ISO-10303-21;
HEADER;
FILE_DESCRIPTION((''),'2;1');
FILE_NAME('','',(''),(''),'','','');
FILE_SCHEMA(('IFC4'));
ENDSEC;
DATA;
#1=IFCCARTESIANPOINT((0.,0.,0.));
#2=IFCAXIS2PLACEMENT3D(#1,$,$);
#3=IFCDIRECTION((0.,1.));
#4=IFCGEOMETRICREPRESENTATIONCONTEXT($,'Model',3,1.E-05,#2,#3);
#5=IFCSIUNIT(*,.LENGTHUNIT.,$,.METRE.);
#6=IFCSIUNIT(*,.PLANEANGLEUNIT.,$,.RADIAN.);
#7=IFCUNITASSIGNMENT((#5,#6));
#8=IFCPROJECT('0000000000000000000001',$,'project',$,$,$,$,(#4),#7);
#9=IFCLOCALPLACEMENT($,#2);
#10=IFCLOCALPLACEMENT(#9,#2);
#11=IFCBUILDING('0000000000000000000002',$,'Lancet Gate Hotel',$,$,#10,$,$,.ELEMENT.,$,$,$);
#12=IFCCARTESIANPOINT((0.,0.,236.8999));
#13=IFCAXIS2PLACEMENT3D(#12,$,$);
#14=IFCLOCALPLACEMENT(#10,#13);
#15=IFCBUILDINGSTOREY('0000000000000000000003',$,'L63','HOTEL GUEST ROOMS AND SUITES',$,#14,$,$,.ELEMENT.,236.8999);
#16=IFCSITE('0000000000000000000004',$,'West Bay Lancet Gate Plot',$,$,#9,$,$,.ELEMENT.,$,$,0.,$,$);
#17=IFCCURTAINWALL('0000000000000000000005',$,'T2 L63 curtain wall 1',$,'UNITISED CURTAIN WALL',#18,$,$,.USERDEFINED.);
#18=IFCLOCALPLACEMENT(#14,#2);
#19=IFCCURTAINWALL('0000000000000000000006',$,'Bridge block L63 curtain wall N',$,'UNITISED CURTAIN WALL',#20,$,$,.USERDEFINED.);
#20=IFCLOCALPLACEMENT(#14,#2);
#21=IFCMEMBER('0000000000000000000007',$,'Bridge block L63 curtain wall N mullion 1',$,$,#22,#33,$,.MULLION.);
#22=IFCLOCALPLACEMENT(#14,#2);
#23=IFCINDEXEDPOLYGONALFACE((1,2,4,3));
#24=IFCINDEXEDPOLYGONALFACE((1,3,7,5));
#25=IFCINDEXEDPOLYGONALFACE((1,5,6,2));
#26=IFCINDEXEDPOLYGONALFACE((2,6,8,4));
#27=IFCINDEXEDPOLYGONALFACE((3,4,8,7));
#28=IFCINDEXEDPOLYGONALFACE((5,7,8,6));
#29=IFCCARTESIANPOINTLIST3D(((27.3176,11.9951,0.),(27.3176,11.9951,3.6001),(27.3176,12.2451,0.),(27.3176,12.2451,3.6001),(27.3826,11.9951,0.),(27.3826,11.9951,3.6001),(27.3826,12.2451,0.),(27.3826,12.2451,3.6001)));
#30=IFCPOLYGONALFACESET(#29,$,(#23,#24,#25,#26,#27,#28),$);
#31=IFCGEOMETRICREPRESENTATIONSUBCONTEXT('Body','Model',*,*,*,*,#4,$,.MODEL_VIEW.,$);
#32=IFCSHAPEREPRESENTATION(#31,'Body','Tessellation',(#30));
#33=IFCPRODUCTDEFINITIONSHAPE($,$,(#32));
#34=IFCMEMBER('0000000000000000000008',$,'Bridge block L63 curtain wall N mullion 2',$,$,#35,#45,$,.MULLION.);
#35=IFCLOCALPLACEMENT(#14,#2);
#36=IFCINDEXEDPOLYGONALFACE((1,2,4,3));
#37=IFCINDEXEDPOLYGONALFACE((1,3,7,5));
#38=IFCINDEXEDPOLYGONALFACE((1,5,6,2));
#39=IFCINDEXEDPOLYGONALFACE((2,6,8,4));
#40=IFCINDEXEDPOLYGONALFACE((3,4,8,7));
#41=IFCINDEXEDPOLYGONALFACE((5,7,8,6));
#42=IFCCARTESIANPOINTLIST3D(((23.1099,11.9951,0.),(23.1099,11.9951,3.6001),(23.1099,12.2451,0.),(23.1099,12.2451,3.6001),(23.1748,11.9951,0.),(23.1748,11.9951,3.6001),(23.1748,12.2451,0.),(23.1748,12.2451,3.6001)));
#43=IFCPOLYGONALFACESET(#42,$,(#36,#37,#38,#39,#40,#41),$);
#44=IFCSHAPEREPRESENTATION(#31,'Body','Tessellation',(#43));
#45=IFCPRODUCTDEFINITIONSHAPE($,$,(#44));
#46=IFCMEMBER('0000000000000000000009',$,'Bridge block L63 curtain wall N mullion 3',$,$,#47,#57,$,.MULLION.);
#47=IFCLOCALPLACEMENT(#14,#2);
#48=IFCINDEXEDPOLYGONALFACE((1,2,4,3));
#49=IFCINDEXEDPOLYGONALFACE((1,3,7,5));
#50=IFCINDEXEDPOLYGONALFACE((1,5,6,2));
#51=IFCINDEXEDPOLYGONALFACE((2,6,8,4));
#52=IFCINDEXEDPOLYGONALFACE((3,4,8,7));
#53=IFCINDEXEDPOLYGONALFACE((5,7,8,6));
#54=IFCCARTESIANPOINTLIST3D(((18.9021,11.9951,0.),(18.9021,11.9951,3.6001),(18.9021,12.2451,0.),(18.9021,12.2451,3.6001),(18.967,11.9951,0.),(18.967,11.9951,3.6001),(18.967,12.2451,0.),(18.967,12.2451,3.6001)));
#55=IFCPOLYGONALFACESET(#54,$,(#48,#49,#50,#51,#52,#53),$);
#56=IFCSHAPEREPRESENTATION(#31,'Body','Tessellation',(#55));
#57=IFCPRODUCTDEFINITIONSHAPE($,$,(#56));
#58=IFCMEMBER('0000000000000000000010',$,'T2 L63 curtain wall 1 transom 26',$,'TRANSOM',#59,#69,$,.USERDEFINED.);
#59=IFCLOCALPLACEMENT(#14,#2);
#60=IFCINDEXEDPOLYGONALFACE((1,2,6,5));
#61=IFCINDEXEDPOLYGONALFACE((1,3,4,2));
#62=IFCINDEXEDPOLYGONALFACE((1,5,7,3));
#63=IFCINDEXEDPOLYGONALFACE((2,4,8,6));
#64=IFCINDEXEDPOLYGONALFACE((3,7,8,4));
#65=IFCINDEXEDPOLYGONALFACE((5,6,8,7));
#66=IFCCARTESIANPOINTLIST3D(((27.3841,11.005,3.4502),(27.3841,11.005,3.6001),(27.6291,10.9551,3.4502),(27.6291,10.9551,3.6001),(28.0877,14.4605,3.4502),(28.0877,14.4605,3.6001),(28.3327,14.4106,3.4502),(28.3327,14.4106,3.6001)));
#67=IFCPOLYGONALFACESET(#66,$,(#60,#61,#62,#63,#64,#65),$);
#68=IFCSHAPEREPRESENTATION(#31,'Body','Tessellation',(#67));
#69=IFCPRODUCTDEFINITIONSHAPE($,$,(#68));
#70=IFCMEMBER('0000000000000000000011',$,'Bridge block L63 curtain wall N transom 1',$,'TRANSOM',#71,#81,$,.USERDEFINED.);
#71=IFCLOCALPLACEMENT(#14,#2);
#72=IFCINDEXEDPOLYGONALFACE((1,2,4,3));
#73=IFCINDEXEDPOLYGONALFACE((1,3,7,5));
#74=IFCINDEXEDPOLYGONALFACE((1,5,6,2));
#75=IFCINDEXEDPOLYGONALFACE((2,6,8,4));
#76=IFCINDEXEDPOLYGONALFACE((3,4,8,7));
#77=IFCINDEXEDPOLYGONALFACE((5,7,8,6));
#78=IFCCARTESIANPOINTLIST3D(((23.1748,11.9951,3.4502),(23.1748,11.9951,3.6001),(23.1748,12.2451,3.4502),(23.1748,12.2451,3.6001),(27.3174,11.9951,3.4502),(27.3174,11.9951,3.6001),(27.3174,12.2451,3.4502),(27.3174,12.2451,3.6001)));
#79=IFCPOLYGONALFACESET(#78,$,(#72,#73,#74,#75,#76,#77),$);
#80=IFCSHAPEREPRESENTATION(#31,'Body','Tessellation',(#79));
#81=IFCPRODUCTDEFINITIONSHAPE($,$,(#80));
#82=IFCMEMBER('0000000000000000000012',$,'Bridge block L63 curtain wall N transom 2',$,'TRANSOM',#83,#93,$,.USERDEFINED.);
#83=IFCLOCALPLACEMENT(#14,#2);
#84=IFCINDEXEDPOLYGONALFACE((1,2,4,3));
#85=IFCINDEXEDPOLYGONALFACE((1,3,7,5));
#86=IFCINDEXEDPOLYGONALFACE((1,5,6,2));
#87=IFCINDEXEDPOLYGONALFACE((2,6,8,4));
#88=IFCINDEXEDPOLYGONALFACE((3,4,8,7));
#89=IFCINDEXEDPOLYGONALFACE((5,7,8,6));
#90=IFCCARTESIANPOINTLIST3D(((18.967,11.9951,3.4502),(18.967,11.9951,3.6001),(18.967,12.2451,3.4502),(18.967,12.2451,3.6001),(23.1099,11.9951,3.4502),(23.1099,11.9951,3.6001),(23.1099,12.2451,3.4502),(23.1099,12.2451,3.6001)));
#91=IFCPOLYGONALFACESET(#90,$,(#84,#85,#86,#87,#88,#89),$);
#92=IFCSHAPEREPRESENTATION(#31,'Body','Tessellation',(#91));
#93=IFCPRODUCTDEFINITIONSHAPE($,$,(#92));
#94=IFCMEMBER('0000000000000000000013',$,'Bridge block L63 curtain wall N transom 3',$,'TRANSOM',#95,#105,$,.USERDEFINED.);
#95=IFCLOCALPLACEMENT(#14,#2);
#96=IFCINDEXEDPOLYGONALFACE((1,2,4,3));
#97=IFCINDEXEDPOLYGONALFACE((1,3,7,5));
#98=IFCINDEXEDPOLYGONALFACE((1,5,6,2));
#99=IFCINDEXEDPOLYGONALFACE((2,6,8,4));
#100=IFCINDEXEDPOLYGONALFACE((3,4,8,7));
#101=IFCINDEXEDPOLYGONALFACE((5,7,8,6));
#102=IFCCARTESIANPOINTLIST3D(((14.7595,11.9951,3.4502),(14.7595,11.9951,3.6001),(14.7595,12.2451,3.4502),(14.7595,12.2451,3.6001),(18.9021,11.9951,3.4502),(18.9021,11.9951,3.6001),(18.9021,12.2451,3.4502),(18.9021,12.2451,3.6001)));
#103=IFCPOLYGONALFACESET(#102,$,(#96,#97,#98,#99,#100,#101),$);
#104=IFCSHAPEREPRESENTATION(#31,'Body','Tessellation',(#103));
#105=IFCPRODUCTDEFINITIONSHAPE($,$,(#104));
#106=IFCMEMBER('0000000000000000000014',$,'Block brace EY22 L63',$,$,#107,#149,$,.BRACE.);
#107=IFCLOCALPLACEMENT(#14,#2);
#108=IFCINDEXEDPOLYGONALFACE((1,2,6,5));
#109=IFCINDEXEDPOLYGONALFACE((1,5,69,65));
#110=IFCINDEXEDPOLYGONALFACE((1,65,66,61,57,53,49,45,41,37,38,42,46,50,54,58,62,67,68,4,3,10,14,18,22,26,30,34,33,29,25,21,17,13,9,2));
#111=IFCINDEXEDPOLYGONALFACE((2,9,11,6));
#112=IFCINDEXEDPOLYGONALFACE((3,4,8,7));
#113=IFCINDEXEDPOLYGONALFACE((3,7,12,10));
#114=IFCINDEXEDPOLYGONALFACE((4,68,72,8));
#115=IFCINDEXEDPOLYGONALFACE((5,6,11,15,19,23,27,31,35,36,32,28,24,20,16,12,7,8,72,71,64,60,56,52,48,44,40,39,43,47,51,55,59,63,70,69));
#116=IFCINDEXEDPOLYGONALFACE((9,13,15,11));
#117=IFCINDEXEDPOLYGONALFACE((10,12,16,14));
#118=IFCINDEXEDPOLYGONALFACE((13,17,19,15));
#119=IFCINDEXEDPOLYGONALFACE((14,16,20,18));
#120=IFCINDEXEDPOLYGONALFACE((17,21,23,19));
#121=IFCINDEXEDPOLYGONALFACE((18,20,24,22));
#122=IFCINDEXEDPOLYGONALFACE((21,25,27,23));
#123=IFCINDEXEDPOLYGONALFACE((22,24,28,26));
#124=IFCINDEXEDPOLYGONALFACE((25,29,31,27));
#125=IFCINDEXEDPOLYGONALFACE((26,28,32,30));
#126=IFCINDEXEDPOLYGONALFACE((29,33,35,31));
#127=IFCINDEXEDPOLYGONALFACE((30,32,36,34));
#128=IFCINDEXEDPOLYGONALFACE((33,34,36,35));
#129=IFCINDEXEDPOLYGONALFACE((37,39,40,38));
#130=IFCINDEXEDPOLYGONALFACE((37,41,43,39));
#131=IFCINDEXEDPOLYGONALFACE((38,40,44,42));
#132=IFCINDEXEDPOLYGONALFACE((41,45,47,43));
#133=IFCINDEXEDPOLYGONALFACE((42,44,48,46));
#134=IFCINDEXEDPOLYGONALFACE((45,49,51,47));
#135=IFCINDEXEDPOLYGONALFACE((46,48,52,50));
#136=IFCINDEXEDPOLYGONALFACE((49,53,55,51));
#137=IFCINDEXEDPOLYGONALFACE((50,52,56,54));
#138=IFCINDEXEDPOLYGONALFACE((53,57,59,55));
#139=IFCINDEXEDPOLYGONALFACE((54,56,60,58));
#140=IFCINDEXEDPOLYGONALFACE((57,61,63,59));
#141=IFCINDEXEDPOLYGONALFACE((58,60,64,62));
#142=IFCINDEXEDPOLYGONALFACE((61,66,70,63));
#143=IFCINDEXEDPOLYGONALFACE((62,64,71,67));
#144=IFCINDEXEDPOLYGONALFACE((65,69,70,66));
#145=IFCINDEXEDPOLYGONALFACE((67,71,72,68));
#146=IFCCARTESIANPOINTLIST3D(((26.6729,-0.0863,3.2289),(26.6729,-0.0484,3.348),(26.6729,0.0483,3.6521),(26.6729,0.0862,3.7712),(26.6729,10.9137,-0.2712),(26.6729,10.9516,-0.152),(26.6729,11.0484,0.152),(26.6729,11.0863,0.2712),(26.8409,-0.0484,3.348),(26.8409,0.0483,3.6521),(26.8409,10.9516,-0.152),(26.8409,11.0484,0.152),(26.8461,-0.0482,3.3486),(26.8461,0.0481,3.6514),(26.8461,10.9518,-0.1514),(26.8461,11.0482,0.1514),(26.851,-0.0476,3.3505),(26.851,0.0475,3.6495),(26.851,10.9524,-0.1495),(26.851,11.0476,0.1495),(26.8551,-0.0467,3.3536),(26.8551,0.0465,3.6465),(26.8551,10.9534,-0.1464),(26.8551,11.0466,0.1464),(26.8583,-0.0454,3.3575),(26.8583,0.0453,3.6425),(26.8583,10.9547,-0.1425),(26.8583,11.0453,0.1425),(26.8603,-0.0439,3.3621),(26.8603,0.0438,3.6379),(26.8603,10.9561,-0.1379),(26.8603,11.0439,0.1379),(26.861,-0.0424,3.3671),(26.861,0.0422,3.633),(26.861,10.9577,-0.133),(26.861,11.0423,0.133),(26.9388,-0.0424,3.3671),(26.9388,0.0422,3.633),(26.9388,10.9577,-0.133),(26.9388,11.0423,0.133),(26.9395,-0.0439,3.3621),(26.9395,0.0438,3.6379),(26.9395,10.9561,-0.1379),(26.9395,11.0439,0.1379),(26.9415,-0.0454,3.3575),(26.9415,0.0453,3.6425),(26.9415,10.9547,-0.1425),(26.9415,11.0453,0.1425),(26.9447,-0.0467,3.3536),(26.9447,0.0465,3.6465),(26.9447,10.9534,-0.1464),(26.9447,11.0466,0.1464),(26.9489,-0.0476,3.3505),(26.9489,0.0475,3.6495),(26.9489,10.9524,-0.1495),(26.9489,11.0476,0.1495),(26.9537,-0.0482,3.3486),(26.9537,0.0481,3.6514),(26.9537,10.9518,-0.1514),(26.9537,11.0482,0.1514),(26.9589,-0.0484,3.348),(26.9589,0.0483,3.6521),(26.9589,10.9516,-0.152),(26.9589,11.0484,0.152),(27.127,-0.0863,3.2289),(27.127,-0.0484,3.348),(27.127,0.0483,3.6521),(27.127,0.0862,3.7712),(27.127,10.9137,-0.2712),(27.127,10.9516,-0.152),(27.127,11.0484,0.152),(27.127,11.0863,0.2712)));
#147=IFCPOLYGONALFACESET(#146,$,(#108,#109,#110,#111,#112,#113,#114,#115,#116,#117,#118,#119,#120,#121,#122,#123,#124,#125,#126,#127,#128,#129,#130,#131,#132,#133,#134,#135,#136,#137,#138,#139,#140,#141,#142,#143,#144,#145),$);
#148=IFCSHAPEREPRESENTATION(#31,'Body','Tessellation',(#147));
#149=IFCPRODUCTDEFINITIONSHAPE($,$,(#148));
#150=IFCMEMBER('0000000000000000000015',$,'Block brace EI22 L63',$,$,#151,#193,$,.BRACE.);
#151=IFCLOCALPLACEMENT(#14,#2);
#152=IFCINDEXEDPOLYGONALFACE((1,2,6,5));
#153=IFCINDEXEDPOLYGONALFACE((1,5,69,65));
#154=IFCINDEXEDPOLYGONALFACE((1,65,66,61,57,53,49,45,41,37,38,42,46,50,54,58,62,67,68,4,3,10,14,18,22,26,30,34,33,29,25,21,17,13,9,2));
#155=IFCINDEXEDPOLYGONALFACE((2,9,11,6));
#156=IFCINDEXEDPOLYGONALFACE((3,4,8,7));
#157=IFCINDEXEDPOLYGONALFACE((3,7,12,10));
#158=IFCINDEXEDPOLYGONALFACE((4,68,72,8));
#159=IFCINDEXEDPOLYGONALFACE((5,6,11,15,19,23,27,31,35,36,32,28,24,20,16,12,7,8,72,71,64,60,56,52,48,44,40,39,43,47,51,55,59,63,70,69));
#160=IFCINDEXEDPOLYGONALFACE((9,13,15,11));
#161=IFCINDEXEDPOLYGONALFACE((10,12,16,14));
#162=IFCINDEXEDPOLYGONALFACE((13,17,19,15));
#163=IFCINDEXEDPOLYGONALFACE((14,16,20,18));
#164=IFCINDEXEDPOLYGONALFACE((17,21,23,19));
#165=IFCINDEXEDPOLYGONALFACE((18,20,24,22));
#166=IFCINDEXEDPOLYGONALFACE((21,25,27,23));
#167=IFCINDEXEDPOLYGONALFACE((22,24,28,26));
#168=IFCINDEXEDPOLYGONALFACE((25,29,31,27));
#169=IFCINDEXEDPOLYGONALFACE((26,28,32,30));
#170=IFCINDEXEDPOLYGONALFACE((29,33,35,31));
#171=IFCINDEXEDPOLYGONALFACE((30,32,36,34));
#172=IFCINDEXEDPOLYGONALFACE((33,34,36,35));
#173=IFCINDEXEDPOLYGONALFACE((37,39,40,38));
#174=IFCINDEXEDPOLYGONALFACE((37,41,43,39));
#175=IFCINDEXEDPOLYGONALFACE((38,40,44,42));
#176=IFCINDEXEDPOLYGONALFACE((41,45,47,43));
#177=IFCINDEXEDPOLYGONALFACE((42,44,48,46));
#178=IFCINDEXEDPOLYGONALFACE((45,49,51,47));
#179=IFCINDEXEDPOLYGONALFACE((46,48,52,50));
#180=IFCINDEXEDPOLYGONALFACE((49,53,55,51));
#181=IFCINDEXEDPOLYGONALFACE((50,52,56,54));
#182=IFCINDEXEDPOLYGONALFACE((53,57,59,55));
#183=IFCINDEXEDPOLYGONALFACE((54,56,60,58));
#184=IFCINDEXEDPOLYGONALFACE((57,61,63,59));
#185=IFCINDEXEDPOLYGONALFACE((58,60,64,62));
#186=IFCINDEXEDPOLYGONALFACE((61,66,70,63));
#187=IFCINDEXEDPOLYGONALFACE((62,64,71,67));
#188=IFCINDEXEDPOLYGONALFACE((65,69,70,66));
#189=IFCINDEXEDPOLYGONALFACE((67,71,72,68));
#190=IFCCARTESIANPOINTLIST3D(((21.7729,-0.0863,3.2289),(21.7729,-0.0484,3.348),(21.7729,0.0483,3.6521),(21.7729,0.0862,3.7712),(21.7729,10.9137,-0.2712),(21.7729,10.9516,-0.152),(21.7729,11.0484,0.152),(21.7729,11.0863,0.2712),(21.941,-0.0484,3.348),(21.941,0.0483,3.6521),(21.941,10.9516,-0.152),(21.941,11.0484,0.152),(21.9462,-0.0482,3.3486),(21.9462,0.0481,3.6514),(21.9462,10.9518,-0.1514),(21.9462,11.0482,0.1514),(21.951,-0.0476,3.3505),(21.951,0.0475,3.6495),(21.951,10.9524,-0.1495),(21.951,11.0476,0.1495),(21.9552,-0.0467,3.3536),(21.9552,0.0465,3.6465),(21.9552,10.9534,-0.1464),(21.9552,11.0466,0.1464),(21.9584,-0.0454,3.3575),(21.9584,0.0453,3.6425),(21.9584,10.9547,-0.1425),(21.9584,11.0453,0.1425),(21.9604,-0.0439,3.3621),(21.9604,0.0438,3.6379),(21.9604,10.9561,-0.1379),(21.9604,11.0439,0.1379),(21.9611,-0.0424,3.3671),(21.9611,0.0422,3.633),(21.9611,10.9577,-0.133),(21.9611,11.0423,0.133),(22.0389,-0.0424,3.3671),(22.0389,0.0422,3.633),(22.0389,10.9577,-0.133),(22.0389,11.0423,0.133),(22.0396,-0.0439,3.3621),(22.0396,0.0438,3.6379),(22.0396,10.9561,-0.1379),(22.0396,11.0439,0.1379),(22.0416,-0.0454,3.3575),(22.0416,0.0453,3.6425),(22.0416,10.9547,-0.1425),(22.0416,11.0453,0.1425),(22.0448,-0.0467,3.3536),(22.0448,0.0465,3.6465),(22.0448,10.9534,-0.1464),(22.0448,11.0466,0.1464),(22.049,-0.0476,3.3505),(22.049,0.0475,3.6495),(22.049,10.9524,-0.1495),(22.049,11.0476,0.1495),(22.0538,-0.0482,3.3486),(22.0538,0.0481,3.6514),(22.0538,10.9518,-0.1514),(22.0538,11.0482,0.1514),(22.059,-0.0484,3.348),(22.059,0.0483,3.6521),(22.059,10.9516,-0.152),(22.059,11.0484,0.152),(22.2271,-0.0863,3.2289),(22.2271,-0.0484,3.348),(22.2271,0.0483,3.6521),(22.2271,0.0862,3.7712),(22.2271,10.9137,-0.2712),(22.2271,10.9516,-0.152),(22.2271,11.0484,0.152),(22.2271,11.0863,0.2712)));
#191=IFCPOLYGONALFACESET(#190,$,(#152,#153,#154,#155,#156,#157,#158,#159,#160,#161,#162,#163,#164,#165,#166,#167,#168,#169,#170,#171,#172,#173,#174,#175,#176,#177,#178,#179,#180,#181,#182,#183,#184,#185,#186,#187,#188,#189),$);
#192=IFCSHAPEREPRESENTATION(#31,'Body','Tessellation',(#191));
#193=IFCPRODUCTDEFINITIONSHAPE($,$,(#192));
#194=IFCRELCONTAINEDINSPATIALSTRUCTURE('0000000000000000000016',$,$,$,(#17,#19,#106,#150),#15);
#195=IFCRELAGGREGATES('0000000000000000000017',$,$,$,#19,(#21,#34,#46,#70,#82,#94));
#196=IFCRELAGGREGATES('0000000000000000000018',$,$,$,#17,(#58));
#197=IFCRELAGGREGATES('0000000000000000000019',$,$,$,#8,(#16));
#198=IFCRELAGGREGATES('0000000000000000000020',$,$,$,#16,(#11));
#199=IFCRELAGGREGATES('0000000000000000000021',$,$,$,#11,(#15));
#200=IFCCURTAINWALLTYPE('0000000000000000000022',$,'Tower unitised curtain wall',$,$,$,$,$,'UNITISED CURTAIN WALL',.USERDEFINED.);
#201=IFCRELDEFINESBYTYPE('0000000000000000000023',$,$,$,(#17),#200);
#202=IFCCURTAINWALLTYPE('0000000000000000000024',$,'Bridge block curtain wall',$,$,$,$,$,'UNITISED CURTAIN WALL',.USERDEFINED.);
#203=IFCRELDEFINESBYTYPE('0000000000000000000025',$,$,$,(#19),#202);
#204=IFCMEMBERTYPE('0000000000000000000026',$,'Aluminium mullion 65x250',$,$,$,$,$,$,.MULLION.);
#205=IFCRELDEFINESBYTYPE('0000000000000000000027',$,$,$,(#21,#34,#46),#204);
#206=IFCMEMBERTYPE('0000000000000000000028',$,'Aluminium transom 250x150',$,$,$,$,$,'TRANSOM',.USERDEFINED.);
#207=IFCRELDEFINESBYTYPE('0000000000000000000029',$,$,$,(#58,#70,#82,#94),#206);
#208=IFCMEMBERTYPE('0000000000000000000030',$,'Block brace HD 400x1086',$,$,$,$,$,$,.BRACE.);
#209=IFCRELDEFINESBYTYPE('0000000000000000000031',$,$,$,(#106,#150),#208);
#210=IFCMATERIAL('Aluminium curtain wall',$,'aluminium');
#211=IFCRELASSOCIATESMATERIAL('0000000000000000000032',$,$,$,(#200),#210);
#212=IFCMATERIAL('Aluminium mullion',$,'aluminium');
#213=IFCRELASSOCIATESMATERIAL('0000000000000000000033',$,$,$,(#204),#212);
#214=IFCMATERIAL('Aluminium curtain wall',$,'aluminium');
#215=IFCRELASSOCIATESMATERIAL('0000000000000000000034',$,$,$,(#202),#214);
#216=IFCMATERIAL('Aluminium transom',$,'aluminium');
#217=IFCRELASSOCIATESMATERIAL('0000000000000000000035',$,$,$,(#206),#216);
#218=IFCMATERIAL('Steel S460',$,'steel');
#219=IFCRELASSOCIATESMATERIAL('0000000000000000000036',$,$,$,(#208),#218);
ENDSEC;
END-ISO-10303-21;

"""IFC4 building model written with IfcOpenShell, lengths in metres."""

from ifc_helpers import new_model, si_unit, direction, frame, origin, origin_2d, place, context, subcontext, project, spatial, rectangle, i_section, extrude, material, material_profile, profile_set, type_object, element, aggregate, save


model = new_model("IFC4")

# Units and contexts
model_context = context("Model", 3, precision=1e-05, world=origin(), true_north=direction((0.0, 1.0)))
body_context = subcontext(model_context, "Body", "Model", "MODEL_VIEW")
ifc_project = project(units=[si_unit("LENGTHUNIT", "METRE"), si_unit("PLANEANGLEUNIT", "RADIAN")], contexts=[model_context])

# Site, building, storey
site_placement = place(None, origin())
site = spatial("IfcSite", under=ifc_project, at=site_placement, Name="West Bay Lancet Gate Plot", CompositionType="ELEMENT", RefElevation=0.0)
building_placement = place(site_placement, origin())
building = spatial("IfcBuilding", under=site, at=building_placement, Name="Lancet Gate Hotel", CompositionType="ELEMENT")
storey_placement = place(building_placement, frame((0.0, 0.0, 236.8999)))
storey = spatial("IfcBuildingStorey", under=building, at=storey_placement, Name="L63", Description="HOTEL GUEST ROOMS AND SUITES", CompositionType="ELEMENT", Elevation=236.8999)

# Curtain walls, members
ifc_material_1 = material(Name="Aluminium curtain wall", Category="aluminium")
curtain_wall_type_1 = type_object("IfcCurtainWallType", Name="Tower unitised curtain wall", ElementType="UNITISED CURTAIN WALL", PredefinedType="USERDEFINED", material=ifc_material_1)
curtain_wall_1_placement = place(storey_placement, origin())
curtain_wall_1 = element("IfcCurtainWall", 1, at=curtain_wall_1_placement, inside=storey, type_object=curtain_wall_type_1, Name="T2 L63 curtain wall 1", ObjectType="UNITISED CURTAIN WALL", PredefinedType="USERDEFINED")
ifc_material_2 = material(Name="Aluminium mullion", Category="aluminium")
ifc_material_profile_1 = material_profile(ifc_material_2, rectangle(XDim=0.0649, YDim=0.25, at=origin_2d()), Name="MULLION 65x250")
ifc_profile_set_1 = profile_set([ifc_material_profile_1], Name="Aluminium mullion")
member_type_1 = type_object("IfcMemberType", Name="Aluminium mullion 65x250", PredefinedType="MULLION", material=ifc_profile_set_1)
ifc_material_3 = material(Name="Aluminium curtain wall", Category="aluminium")
curtain_wall_type_2 = type_object("IfcCurtainWallType", Name="Bridge block curtain wall", ElementType="UNITISED CURTAIN WALL", PredefinedType="USERDEFINED", material=ifc_material_3)
curtain_wall_2_placement = place(storey_placement, origin())
curtain_wall_2 = element("IfcCurtainWall", 2, at=curtain_wall_2_placement, inside=storey, type_object=curtain_wall_type_2, Name="Bridge block L63 curtain wall N", ObjectType="UNITISED CURTAIN WALL", PredefinedType="USERDEFINED")
member_1_placement = place(storey_placement, frame((27.3501, 12.1201, 0.0), z_axis=(0.0, 0.0, 1.0), x_axis=(-1.0, 0.0, 0.0)))
member_1 = element("IfcMember", 3, at=member_1_placement, type_object=member_type_1, Name="Bridge block L63 curtain wall N mullion 1", PredefinedType="MULLION", context=body_context, shape_type="SweptSolid", body=[
    extrude(rectangle(XDim=0.0649, YDim=0.25, at=origin_2d()), origin(), (0.0, 0.0, 1.0), 3.6001),
])
member_2_placement = place(storey_placement, frame((23.1423, 12.1201, 0.0), z_axis=(0.0, 0.0, 1.0), x_axis=(-1.0, 0.0, 0.0)))
member_2 = element("IfcMember", 4, at=member_2_placement, type_object=member_type_1, Name="Bridge block L63 curtain wall N mullion 2", PredefinedType="MULLION", context=body_context, shape_type="SweptSolid", body=[
    extrude(rectangle(XDim=0.0649, YDim=0.25, at=origin_2d()), origin(), (0.0, 0.0, 1.0), 3.6001),
])
member_3_placement = place(storey_placement, frame((18.9346, 12.1201, 0.0), z_axis=(0.0, 0.0, 1.0), x_axis=(-1.0, 0.0, 0.0)))
member_3 = element("IfcMember", 5, at=member_3_placement, type_object=member_type_1, Name="Bridge block L63 curtain wall N mullion 3", PredefinedType="MULLION", context=body_context, shape_type="SweptSolid", body=[
    extrude(rectangle(XDim=0.0649, YDim=0.25, at=origin_2d()), origin(), (0.0, 0.0, 1.0), 3.6001),
])

# Members
ifc_material_4 = material(Name="Aluminium transom", Category="aluminium")
ifc_material_profile_2 = material_profile(ifc_material_4, rectangle(XDim=0.25, YDim=0.1499, at=origin_2d()), Name="TRANSOM 250x150")
ifc_profile_set_2 = profile_set([ifc_material_profile_2], Name="Aluminium transom")
member_type_2 = type_object("IfcMemberType", Name="Aluminium transom 250x150", ElementType="TRANSOM", PredefinedType="USERDEFINED", material=ifc_profile_set_2)
member_4_placement = place(storey_placement, frame((28.2102, 14.4355, 3.5251), z_axis=(-0.199523, -0.979893, 0.0), x_axis=(0.979893, -0.199523, 0.0)))
member_4 = element("IfcMember", 6, at=member_4_placement, type_object=member_type_2, Name="T2 L63 curtain wall 1 transom 26", ObjectType="TRANSOM", PredefinedType="USERDEFINED", context=body_context, shape_type="SweptSolid", body=[
    extrude(rectangle(XDim=0.25, YDim=0.1499, at=origin_2d()), origin(), (0.0, 0.0, 1.0), 3.5264),
])
member_5_placement = place(storey_placement, frame((27.3174, 12.1201, 3.5251), z_axis=(-1.0, 0.0, 0.0), x_axis=(0.0, -1.0, 0.0)))
member_5 = element("IfcMember", 7, at=member_5_placement, type_object=member_type_2, Name="Bridge block L63 curtain wall N transom 1", ObjectType="TRANSOM", PredefinedType="USERDEFINED", context=body_context, shape_type="SweptSolid", body=[
    extrude(rectangle(XDim=0.25, YDim=0.1499, at=origin_2d()), origin(), (0.0, 0.0, 1.0), 4.1426),
])
member_6_placement = place(storey_placement, frame((23.1099, 12.1201, 3.5251), z_axis=(-1.0, 0.0, 0.0), x_axis=(0.0, -1.0, 0.0)))
member_6 = element("IfcMember", 8, at=member_6_placement, type_object=member_type_2, Name="Bridge block L63 curtain wall N transom 2", ObjectType="TRANSOM", PredefinedType="USERDEFINED", context=body_context, shape_type="SweptSolid", body=[
    extrude(rectangle(XDim=0.25, YDim=0.1499, at=origin_2d()), origin(), (0.0, 0.0, 1.0), 4.1428),
])
member_7_placement = place(storey_placement, frame((18.9021, 12.1201, 3.5251), z_axis=(-1.0, 0.0, 0.0), x_axis=(0.0, -1.0, 0.0)))
member_7 = element("IfcMember", 9, at=member_7_placement, type_object=member_type_2, Name="Bridge block L63 curtain wall N transom 3", ObjectType="TRANSOM", PredefinedType="USERDEFINED", context=body_context, shape_type="SweptSolid", body=[
    extrude(rectangle(XDim=0.25, YDim=0.1499, at=origin_2d()), origin(), (0.0, 0.0, 1.0), 4.1426),
])

# Members
ifc_material_5 = material(Name="Steel S460", Category="steel")
ifc_material_profile_3 = material_profile(ifc_material_5, i_section(OverallWidth=0.4541, OverallDepth=0.5691, WebThickness=0.0779, FlangeThickness=0.125, FilletRadius=0.02, at=origin_2d()), Name="HD 400x1086")
ifc_profile_set_3 = profile_set([ifc_material_profile_3], Name="Steel S460")
member_type_3 = type_object("IfcMemberType", Name="Block brace HD 400x1086", PredefinedType="BRACE", material=ifc_profile_set_3)
for number, where, z_axis, x_axis, name in (
    (10, (26.8999, 11.0, 0.0), (0.0, -0.952926, 0.303204), (1.0, 0.0, 0.0), "Block brace EY22 L63"),
    (11, (22.0, 11.0, 0.0), (0.0, -0.952926, 0.303204), (1.0, 0.0, 0.0), "Block brace EI22 L63"),
):
    element("IfcMember", number, at=place(storey_placement, frame(where, z_axis=z_axis, x_axis=x_axis)), inside=storey, type_object=member_type_3, Name=name, PredefinedType="BRACE", context=body_context, shape_type="SweptSolid", body=[
        extrude(i_section(OverallWidth=0.4541, OverallDepth=0.5691, WebThickness=0.0779, FlangeThickness=0.125, FilletRadius=0.02, at=origin_2d()), origin(), (0.0, 0.0, 1.0), 11.5435),
    ])

aggregate(curtain_wall_2, [member_1, member_2, member_3, member_5, member_6, member_7])
aggregate(curtain_wall_1, [member_4])

save(model, "model.ifc")
